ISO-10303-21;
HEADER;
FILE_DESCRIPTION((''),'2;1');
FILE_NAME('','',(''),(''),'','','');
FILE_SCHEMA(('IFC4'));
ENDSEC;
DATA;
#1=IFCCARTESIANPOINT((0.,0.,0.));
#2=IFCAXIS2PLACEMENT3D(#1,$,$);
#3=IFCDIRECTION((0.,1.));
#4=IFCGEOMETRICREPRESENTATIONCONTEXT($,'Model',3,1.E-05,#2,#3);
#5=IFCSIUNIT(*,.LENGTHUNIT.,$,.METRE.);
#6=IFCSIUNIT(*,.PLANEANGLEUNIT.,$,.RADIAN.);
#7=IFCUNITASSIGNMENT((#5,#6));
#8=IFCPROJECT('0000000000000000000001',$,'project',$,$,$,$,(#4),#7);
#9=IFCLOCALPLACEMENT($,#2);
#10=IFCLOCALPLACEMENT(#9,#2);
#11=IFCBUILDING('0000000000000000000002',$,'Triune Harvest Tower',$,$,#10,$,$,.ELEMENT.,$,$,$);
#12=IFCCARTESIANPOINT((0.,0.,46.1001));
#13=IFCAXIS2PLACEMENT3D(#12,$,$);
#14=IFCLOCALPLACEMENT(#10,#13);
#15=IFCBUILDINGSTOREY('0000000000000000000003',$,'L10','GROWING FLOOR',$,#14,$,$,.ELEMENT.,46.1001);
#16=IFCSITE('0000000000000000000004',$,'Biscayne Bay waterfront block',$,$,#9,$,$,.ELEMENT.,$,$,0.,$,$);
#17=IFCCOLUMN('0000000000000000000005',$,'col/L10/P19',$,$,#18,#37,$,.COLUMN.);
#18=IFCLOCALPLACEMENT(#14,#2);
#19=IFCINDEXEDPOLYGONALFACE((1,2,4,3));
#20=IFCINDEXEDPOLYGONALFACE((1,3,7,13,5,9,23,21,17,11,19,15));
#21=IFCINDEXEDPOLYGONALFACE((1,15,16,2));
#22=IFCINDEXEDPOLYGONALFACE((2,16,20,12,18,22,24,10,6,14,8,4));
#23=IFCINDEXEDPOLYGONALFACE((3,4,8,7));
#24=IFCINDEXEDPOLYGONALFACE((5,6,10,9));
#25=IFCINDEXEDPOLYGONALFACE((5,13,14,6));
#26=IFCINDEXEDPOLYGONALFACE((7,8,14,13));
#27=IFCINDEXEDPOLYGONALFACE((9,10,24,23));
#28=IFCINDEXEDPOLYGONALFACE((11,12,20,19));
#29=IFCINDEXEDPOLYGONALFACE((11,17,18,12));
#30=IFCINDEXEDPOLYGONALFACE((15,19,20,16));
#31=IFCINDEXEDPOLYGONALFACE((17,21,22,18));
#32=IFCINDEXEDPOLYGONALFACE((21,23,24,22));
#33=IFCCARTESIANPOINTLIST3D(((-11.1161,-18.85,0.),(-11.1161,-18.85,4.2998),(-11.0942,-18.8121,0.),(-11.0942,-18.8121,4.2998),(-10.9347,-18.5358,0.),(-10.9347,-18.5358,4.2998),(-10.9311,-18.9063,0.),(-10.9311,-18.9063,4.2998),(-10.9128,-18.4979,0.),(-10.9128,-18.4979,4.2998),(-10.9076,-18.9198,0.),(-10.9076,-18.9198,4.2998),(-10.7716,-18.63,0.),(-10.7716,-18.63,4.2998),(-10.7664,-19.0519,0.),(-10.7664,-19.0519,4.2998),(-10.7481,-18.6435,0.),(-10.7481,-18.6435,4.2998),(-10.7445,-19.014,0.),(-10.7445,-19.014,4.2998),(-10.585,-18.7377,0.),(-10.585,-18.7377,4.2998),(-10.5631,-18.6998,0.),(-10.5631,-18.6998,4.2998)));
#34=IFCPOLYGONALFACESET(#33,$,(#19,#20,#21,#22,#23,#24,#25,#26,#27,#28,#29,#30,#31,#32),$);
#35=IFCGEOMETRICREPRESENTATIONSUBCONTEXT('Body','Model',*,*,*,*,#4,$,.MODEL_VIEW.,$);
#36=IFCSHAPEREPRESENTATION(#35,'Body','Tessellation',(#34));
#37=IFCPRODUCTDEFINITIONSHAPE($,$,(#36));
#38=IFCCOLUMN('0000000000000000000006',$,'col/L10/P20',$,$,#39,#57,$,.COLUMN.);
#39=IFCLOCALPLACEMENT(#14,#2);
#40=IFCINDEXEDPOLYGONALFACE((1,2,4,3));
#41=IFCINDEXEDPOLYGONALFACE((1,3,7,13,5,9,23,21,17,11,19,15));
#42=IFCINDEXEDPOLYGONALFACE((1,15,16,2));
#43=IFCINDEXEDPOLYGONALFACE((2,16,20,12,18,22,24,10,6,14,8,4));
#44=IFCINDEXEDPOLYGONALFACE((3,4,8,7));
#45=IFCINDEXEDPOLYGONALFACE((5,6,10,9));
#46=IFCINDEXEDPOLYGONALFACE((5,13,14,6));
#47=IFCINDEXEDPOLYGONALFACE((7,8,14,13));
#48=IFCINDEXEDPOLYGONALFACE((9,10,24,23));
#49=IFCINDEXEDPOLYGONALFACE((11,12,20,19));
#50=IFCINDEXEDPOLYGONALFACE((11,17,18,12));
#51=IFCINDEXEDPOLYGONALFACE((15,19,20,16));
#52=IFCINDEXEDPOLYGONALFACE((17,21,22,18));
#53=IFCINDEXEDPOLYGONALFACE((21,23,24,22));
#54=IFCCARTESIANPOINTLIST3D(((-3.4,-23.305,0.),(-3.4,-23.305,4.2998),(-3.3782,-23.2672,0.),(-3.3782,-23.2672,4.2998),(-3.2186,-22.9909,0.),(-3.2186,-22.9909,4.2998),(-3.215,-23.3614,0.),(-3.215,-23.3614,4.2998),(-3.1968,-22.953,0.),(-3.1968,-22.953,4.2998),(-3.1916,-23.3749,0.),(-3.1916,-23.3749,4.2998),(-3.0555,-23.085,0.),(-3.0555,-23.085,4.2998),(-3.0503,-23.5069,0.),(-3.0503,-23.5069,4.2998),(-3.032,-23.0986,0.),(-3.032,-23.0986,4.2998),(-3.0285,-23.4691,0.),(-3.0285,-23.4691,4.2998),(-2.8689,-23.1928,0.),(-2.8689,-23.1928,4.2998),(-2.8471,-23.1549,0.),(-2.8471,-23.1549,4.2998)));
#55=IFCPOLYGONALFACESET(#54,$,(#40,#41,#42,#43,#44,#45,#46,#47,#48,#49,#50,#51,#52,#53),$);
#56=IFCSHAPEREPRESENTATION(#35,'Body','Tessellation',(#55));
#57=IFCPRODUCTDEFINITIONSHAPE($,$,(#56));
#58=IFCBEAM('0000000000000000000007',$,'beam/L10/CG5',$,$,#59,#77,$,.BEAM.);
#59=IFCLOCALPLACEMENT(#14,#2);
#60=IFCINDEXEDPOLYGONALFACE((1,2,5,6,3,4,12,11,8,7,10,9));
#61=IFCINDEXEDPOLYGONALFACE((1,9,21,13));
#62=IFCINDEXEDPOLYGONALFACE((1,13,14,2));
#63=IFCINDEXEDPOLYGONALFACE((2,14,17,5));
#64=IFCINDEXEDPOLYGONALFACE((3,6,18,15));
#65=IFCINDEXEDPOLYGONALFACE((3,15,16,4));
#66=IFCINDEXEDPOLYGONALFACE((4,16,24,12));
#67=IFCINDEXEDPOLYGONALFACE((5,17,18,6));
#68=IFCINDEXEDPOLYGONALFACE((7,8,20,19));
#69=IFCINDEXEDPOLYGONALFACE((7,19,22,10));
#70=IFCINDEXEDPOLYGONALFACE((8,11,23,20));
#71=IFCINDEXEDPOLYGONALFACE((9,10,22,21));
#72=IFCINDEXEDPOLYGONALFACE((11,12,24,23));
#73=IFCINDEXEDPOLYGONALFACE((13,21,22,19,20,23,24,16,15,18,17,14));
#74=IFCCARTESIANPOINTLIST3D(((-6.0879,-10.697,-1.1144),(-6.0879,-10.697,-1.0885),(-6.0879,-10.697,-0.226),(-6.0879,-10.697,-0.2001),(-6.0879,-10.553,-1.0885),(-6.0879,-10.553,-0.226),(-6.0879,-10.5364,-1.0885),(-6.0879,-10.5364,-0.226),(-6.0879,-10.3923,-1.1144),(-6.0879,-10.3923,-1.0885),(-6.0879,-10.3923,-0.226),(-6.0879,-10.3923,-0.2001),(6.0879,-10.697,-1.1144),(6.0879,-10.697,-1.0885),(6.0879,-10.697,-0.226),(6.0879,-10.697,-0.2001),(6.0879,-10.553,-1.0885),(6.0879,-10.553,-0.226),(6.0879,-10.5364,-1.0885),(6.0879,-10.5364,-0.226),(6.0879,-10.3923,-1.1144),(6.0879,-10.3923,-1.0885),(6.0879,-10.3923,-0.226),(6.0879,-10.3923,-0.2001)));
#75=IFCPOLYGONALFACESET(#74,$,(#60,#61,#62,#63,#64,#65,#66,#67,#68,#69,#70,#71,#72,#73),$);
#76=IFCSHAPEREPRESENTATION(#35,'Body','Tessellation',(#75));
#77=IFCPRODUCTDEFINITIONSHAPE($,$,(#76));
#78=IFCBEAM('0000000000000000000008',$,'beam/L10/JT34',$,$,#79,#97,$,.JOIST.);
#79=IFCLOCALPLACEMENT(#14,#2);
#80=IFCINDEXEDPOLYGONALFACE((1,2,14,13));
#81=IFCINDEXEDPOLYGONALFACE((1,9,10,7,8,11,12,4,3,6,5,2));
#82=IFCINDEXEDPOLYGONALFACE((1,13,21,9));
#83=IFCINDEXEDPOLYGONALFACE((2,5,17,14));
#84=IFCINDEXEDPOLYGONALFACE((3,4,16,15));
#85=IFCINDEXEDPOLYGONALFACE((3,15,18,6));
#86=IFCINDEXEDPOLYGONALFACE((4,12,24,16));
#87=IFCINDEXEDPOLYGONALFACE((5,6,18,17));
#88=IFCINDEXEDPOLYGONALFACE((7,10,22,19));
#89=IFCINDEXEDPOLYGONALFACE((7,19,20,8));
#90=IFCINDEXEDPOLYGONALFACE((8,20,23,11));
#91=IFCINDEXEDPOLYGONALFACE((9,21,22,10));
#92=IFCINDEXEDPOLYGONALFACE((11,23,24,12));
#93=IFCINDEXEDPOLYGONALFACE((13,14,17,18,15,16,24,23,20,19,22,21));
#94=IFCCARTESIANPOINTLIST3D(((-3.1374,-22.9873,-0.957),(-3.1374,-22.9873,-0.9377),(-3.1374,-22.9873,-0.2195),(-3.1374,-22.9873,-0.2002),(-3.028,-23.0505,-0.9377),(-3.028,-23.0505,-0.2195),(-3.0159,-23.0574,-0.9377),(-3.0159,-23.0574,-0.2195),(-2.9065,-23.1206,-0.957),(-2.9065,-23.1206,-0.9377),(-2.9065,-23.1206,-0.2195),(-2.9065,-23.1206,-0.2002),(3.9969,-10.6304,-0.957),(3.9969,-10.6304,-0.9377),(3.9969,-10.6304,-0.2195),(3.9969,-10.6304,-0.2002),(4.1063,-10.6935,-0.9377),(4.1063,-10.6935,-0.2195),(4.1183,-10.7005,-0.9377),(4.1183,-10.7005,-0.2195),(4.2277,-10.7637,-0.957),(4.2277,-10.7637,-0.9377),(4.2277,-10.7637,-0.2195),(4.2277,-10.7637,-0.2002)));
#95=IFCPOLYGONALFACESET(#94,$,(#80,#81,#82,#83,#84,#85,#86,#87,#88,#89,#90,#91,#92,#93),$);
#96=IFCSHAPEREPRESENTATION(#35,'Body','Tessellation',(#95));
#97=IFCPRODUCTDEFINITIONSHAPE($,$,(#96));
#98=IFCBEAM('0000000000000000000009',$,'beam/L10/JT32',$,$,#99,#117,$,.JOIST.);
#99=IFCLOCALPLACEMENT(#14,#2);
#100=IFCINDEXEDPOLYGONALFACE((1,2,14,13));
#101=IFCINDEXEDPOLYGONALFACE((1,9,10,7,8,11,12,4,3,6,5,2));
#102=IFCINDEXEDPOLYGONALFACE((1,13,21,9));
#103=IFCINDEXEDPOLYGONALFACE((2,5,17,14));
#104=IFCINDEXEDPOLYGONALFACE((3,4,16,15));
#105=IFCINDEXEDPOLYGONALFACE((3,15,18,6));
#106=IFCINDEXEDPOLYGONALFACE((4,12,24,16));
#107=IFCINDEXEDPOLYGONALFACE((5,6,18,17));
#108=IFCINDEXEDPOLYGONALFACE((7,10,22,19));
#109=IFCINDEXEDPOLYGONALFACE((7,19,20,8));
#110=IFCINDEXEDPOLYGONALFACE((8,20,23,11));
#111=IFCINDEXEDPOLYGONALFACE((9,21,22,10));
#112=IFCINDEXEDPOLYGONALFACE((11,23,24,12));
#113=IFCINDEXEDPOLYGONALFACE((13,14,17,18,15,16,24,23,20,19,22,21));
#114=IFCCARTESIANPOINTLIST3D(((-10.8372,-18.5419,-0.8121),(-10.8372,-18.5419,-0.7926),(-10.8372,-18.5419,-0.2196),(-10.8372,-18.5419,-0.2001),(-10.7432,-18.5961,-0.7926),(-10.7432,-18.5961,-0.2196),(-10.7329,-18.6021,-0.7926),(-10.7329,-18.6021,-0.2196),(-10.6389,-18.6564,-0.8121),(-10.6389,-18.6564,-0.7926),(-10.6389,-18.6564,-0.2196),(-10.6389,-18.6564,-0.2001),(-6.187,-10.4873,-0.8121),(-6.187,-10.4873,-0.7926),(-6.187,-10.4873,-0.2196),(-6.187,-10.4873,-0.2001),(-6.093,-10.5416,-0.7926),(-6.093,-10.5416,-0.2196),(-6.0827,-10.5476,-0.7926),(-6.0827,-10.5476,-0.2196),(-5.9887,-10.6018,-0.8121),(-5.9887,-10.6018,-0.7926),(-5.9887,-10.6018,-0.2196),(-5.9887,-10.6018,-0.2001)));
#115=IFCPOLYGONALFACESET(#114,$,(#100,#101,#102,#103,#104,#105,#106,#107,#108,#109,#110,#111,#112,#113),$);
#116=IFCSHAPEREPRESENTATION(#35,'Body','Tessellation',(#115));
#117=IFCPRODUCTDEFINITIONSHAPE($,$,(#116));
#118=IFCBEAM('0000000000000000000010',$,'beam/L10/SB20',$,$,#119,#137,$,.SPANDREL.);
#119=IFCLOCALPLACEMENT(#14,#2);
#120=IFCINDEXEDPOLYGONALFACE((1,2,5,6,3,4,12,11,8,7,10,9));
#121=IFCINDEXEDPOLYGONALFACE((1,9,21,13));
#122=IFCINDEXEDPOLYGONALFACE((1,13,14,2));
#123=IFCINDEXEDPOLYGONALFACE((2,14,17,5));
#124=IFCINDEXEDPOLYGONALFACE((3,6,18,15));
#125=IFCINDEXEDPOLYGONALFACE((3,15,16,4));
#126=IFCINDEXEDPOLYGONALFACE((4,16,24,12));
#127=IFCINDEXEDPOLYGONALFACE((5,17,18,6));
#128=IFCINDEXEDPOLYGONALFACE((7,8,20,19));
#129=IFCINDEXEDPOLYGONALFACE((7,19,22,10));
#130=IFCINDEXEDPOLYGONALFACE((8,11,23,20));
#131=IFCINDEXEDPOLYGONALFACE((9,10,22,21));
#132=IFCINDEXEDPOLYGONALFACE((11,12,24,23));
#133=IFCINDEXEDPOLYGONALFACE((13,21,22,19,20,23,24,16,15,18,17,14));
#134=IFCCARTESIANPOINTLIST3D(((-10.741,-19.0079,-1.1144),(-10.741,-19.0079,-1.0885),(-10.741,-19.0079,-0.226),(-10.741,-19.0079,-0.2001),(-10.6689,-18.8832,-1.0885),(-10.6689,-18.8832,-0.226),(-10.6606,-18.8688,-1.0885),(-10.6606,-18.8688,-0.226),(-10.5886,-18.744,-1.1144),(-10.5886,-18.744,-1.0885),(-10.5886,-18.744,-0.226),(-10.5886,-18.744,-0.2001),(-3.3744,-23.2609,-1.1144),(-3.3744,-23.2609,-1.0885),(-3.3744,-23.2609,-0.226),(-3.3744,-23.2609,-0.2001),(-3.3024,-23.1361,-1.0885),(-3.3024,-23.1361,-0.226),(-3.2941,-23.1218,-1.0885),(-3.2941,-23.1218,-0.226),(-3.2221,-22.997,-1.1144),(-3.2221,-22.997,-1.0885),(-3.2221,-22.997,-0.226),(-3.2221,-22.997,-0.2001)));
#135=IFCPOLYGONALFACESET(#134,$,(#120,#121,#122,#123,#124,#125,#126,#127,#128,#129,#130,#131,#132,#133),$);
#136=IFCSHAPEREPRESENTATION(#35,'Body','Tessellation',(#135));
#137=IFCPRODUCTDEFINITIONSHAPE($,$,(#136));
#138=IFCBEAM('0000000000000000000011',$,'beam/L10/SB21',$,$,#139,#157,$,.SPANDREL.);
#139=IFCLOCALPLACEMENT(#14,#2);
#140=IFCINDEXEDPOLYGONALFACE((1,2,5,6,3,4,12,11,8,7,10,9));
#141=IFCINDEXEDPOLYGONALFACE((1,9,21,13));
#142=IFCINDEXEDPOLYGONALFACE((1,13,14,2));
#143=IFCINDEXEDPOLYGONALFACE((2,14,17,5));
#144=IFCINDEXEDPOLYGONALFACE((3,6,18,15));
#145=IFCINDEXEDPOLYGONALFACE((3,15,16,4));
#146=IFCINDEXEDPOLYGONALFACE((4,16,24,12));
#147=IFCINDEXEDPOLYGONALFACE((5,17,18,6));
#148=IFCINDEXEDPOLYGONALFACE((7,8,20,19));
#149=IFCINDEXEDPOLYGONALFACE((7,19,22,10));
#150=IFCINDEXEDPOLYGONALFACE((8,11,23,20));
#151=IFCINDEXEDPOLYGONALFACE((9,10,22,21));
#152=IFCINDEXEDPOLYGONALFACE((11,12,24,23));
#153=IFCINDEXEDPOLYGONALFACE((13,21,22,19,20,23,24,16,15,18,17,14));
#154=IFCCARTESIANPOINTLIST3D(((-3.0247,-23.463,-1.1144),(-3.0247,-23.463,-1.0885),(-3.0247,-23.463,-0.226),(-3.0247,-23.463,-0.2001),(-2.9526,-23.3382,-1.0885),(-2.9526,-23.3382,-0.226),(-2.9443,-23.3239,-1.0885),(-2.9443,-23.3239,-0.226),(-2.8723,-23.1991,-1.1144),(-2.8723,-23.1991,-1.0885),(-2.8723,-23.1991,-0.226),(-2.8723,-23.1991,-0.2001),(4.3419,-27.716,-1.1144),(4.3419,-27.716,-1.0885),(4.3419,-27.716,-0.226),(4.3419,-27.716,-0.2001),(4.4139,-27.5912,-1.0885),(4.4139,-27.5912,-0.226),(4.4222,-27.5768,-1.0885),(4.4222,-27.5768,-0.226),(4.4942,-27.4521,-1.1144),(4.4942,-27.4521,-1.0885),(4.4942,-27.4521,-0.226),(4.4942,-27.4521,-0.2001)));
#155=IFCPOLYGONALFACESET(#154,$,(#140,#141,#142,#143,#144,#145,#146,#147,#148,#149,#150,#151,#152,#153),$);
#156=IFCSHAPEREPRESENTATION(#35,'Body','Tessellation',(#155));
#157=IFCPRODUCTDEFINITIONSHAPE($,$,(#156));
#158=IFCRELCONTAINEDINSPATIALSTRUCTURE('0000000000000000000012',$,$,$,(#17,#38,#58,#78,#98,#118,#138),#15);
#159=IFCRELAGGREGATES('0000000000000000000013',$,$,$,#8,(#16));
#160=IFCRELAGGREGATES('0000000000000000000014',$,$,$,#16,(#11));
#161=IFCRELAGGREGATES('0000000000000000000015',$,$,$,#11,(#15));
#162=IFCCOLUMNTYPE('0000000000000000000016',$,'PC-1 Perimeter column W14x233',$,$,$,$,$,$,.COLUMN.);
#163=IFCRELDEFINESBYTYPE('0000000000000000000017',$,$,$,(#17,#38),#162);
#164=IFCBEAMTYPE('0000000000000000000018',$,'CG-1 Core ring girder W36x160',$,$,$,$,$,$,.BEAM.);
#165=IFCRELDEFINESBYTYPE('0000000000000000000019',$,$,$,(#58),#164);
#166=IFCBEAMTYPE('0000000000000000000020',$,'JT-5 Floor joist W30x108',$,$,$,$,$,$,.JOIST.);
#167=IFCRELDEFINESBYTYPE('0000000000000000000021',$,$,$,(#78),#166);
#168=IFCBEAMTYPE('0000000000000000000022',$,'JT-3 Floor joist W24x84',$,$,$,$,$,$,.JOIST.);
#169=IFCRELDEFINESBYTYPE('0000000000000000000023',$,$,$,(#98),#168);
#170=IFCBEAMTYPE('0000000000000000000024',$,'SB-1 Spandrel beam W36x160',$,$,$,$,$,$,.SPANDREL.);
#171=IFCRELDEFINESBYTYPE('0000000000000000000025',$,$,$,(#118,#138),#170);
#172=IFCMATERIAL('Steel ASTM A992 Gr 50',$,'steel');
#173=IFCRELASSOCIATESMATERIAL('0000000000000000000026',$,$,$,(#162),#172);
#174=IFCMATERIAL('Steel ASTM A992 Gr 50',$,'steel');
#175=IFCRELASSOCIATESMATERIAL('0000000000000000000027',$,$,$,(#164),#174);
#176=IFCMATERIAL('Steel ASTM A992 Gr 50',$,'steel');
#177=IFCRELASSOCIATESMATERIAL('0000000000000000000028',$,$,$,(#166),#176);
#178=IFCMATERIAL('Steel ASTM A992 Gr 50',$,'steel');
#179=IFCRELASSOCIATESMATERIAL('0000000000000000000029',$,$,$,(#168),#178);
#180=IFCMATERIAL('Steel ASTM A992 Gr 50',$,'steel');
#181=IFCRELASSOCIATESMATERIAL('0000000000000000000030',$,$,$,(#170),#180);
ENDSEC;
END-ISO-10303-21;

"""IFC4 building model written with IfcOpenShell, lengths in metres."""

from ifc_helpers import new_model, si_unit, direction, frame, origin, origin_2d, place, context, subcontext, project, spatial, i_section, extrude, source, transform, mapped, material, material_profile, profile_set, type_object, element, save


model = new_model("IFC4")

# Units and contexts
model_context = context("Model", 3, precision=1e-05, world=origin(), true_north=direction((0.0, 1.0)))
body_context = subcontext(model_context, "Body", "Model", "MODEL_VIEW")
ifc_project = project(units=[si_unit("LENGTHUNIT", "METRE"), si_unit("PLANEANGLEUNIT", "RADIAN")], contexts=[model_context])

# Site, building, storey
site_placement = place(None, origin())
site = spatial("IfcSite", under=ifc_project, at=site_placement, Name="Biscayne Bay waterfront block", CompositionType="ELEMENT", RefElevation=0.0)
building_placement = place(site_placement, origin())
building = spatial("IfcBuilding", under=site, at=building_placement, Name="Triune Harvest Tower", CompositionType="ELEMENT")
storey_placement = place(building_placement, frame((0.0, 0.0, 46.1001)))
storey = spatial("IfcBuildingStorey", under=building, at=storey_placement, Name="L10", Description="GROWING FLOOR", CompositionType="ELEMENT", Elevation=46.1001)

# Columns
ifc_material_1 = material(Name="Steel ASTM A992 Gr 50", Category="steel")
ifc_material_profile_1 = material_profile(ifc_material_1, i_section(OverallWidth=0.4038, OverallDepth=0.4065, WebThickness=0.0271, FlangeThickness=0.0437, at=origin_2d()), Name="W14x233")
ifc_profile_set_1 = profile_set([ifc_material_profile_1], Name="Steel ASTM A992 Gr 50")
column_type = type_object("IfcColumnType", Name="PC-1 Perimeter column W14x233", PredefinedType="COLUMN", material=ifc_profile_set_1)
shared_shape_1 = source(origin(), body_context, "Body", "SweptSolid", [
    extrude(i_section(OverallWidth=0.4038, OverallDepth=0.4065, WebThickness=0.0271, FlangeThickness=0.0437, at=origin_2d()), origin(), (0.0, 0.0, 1.0), 4.2998),
])
for number, where, z_axis, x_axis, name in (
    (1, (-10.8396, -18.7749, 0.0), (0.0, 0.0, 1.0), (0.866025, -0.5, 0.0), "col/L10/P19"),
    (2, (-3.1235, -23.23, 0.0), (0.0, 0.0, 1.0), (0.866025, -0.5, 0.0), "col/L10/P20"),
):
    element("IfcColumn", number, at=place(storey_placement, frame(where, z_axis=z_axis, x_axis=x_axis)), inside=storey, type_object=column_type, Name=name, PredefinedType="COLUMN", context=body_context, shape_type="MappedRepresentation", body=[
        mapped(shared_shape_1, transform((0.0, 0.0, 0.0), scale=1.0)),
    ])

# Beams
ifc_material_2 = material(Name="Steel ASTM A992 Gr 50", Category="steel")
ifc_material_profile_2 = material_profile(ifc_material_2, i_section(OverallWidth=0.3047, OverallDepth=0.9143, WebThickness=0.0166, FlangeThickness=0.0259, at=origin_2d()), Name="W36x160")
ifc_profile_set_2 = profile_set([ifc_material_profile_2], Name="Steel ASTM A992 Gr 50")
beam_type_1 = type_object("IfcBeamType", Name="CG-1 Core ring girder W36x160", PredefinedType="BEAM", material=ifc_profile_set_2)
shared_shape_2 = source(origin(), body_context, "Body", "SweptSolid", [
    extrude(i_section(OverallWidth=0.3047, OverallDepth=0.9143, WebThickness=0.0166, FlangeThickness=0.0259, at=origin_2d()), origin(), (0.0, 0.0, 1.0), 12.1758),
])
beam_1_placement = place(storey_placement, frame((-6.0879, -10.5447, -0.6572), z_axis=(1.0, 0.0, 0.0), x_axis=(0.0, 1.0, 0.0)))
element("IfcBeam", 3, at=beam_1_placement, inside=storey, type_object=beam_type_1, Name="beam/L10/CG5", PredefinedType="BEAM", context=body_context, shape_type="MappedRepresentation", body=[
    mapped(shared_shape_2, transform((0.0, 0.0, 0.0), scale=1.0)),
])
ifc_material_3 = material(Name="Steel ASTM A992 Gr 50", Category="steel")
ifc_material_profile_3 = material_profile(ifc_material_3, i_section(OverallWidth=0.2666, OverallDepth=0.7568, WebThickness=0.0139, FlangeThickness=0.0193, at=origin_2d()), Name="W30x108")
ifc_profile_set_3 = profile_set([ifc_material_profile_3], Name="Steel ASTM A992 Gr 50")
beam_type_2 = type_object("IfcBeamType", Name="JT-5 Floor joist W30x108", PredefinedType="JOIST", material=ifc_profile_set_3)
shared_shape_3 = source(origin(), body_context, "Body", "SweptSolid", [
    extrude(i_section(OverallWidth=0.2666, OverallDepth=0.7568, WebThickness=0.0139, FlangeThickness=0.0193, at=origin_2d()), origin(), (0.0, 0.0, 1.0), 14.2686),
])
beam_2_placement = place(storey_placement, frame((-3.022, -23.054, -0.5786), z_axis=(0.5, 0.866025, 0.0), x_axis=(-0.866025, 0.5, 0.0)))
element("IfcBeam", 4, at=beam_2_placement, inside=storey, type_object=beam_type_2, Name="beam/L10/JT34", PredefinedType="JOIST", context=body_context, shape_type="MappedRepresentation", body=[
    mapped(shared_shape_3, transform((0.0, 0.0, 0.0), scale=1.0)),
])
ifc_material_4 = material(Name="Steel ASTM A992 Gr 50", Category="steel")
ifc_material_profile_4 = material_profile(ifc_material_4, i_section(OverallWidth=0.229, OverallDepth=0.6121, WebThickness=0.012, FlangeThickness=0.0195, at=origin_2d()), Name="W24x84")
ifc_profile_set_4 = profile_set([ifc_material_profile_4], Name="Steel ASTM A992 Gr 50")
beam_type_3 = type_object("IfcBeamType", Name="JT-3 Floor joist W24x84", PredefinedType="JOIST", material=ifc_profile_set_4)
shared_shape_4 = source(origin(), body_context, "Body", "SweptSolid", [
    extrude(i_section(OverallWidth=0.229, OverallDepth=0.6121, WebThickness=0.012, FlangeThickness=0.0195, at=origin_2d()), origin(), (0.0, 0.0, 1.0), 9.3005),
])
beam_3_placement = place(storey_placement, frame((-10.738, -18.5991, -0.5061), z_axis=(0.499993, 0.86603, 0.0), x_axis=(-0.86603, 0.499993, 0.0)))
element("IfcBeam", 5, at=beam_3_placement, inside=storey, type_object=beam_type_3, Name="beam/L10/JT32", PredefinedType="JOIST", context=body_context, shape_type="MappedRepresentation", body=[
    mapped(shared_shape_4, transform((0.0, 0.0, 0.0), scale=1.0)),
])
ifc_material_5 = material(Name="Steel ASTM A992 Gr 50", Category="steel")
ifc_material_profile_5 = material_profile(ifc_material_5, i_section(OverallWidth=0.3047, OverallDepth=0.9143, WebThickness=0.0166, FlangeThickness=0.0259, at=origin_2d()), Name="W36x160")
ifc_profile_set_5 = profile_set([ifc_material_profile_5], Name="Steel ASTM A992 Gr 50")
beam_type_4 = type_object("IfcBeamType", Name="SB-1 Spandrel beam W36x160", PredefinedType="SPANDREL", material=ifc_profile_set_5)
shared_shape_5 = source(origin(), body_context, "Body", "SweptSolid", [
    extrude(i_section(OverallWidth=0.3047, OverallDepth=0.9143, WebThickness=0.0166, FlangeThickness=0.0259, at=origin_2d()), origin(), (0.0, 0.0, 1.0), 8.5061),
])
for number, where, z_axis, x_axis, name in (
    (6, (-10.6648, -18.876, -0.6572), (0.86603, -0.499992, 0.0), (0.499992, 0.86603, 0.0), "beam/L10/SB20"),
    (7, (-2.9485, -23.3311, -0.6572), (0.86603, -0.499992, 0.0), (0.499992, 0.86603, 0.0), "beam/L10/SB21"),
):
    element("IfcBeam", number, at=place(storey_placement, frame(where, z_axis=z_axis, x_axis=x_axis)), inside=storey, type_object=beam_type_4, Name=name, PredefinedType="SPANDREL", context=body_context, shape_type="MappedRepresentation", body=[
        mapped(shared_shape_5, transform((0.0, 0.0, 0.0), scale=1.0)),
    ])

save(model, "model.ifc")
